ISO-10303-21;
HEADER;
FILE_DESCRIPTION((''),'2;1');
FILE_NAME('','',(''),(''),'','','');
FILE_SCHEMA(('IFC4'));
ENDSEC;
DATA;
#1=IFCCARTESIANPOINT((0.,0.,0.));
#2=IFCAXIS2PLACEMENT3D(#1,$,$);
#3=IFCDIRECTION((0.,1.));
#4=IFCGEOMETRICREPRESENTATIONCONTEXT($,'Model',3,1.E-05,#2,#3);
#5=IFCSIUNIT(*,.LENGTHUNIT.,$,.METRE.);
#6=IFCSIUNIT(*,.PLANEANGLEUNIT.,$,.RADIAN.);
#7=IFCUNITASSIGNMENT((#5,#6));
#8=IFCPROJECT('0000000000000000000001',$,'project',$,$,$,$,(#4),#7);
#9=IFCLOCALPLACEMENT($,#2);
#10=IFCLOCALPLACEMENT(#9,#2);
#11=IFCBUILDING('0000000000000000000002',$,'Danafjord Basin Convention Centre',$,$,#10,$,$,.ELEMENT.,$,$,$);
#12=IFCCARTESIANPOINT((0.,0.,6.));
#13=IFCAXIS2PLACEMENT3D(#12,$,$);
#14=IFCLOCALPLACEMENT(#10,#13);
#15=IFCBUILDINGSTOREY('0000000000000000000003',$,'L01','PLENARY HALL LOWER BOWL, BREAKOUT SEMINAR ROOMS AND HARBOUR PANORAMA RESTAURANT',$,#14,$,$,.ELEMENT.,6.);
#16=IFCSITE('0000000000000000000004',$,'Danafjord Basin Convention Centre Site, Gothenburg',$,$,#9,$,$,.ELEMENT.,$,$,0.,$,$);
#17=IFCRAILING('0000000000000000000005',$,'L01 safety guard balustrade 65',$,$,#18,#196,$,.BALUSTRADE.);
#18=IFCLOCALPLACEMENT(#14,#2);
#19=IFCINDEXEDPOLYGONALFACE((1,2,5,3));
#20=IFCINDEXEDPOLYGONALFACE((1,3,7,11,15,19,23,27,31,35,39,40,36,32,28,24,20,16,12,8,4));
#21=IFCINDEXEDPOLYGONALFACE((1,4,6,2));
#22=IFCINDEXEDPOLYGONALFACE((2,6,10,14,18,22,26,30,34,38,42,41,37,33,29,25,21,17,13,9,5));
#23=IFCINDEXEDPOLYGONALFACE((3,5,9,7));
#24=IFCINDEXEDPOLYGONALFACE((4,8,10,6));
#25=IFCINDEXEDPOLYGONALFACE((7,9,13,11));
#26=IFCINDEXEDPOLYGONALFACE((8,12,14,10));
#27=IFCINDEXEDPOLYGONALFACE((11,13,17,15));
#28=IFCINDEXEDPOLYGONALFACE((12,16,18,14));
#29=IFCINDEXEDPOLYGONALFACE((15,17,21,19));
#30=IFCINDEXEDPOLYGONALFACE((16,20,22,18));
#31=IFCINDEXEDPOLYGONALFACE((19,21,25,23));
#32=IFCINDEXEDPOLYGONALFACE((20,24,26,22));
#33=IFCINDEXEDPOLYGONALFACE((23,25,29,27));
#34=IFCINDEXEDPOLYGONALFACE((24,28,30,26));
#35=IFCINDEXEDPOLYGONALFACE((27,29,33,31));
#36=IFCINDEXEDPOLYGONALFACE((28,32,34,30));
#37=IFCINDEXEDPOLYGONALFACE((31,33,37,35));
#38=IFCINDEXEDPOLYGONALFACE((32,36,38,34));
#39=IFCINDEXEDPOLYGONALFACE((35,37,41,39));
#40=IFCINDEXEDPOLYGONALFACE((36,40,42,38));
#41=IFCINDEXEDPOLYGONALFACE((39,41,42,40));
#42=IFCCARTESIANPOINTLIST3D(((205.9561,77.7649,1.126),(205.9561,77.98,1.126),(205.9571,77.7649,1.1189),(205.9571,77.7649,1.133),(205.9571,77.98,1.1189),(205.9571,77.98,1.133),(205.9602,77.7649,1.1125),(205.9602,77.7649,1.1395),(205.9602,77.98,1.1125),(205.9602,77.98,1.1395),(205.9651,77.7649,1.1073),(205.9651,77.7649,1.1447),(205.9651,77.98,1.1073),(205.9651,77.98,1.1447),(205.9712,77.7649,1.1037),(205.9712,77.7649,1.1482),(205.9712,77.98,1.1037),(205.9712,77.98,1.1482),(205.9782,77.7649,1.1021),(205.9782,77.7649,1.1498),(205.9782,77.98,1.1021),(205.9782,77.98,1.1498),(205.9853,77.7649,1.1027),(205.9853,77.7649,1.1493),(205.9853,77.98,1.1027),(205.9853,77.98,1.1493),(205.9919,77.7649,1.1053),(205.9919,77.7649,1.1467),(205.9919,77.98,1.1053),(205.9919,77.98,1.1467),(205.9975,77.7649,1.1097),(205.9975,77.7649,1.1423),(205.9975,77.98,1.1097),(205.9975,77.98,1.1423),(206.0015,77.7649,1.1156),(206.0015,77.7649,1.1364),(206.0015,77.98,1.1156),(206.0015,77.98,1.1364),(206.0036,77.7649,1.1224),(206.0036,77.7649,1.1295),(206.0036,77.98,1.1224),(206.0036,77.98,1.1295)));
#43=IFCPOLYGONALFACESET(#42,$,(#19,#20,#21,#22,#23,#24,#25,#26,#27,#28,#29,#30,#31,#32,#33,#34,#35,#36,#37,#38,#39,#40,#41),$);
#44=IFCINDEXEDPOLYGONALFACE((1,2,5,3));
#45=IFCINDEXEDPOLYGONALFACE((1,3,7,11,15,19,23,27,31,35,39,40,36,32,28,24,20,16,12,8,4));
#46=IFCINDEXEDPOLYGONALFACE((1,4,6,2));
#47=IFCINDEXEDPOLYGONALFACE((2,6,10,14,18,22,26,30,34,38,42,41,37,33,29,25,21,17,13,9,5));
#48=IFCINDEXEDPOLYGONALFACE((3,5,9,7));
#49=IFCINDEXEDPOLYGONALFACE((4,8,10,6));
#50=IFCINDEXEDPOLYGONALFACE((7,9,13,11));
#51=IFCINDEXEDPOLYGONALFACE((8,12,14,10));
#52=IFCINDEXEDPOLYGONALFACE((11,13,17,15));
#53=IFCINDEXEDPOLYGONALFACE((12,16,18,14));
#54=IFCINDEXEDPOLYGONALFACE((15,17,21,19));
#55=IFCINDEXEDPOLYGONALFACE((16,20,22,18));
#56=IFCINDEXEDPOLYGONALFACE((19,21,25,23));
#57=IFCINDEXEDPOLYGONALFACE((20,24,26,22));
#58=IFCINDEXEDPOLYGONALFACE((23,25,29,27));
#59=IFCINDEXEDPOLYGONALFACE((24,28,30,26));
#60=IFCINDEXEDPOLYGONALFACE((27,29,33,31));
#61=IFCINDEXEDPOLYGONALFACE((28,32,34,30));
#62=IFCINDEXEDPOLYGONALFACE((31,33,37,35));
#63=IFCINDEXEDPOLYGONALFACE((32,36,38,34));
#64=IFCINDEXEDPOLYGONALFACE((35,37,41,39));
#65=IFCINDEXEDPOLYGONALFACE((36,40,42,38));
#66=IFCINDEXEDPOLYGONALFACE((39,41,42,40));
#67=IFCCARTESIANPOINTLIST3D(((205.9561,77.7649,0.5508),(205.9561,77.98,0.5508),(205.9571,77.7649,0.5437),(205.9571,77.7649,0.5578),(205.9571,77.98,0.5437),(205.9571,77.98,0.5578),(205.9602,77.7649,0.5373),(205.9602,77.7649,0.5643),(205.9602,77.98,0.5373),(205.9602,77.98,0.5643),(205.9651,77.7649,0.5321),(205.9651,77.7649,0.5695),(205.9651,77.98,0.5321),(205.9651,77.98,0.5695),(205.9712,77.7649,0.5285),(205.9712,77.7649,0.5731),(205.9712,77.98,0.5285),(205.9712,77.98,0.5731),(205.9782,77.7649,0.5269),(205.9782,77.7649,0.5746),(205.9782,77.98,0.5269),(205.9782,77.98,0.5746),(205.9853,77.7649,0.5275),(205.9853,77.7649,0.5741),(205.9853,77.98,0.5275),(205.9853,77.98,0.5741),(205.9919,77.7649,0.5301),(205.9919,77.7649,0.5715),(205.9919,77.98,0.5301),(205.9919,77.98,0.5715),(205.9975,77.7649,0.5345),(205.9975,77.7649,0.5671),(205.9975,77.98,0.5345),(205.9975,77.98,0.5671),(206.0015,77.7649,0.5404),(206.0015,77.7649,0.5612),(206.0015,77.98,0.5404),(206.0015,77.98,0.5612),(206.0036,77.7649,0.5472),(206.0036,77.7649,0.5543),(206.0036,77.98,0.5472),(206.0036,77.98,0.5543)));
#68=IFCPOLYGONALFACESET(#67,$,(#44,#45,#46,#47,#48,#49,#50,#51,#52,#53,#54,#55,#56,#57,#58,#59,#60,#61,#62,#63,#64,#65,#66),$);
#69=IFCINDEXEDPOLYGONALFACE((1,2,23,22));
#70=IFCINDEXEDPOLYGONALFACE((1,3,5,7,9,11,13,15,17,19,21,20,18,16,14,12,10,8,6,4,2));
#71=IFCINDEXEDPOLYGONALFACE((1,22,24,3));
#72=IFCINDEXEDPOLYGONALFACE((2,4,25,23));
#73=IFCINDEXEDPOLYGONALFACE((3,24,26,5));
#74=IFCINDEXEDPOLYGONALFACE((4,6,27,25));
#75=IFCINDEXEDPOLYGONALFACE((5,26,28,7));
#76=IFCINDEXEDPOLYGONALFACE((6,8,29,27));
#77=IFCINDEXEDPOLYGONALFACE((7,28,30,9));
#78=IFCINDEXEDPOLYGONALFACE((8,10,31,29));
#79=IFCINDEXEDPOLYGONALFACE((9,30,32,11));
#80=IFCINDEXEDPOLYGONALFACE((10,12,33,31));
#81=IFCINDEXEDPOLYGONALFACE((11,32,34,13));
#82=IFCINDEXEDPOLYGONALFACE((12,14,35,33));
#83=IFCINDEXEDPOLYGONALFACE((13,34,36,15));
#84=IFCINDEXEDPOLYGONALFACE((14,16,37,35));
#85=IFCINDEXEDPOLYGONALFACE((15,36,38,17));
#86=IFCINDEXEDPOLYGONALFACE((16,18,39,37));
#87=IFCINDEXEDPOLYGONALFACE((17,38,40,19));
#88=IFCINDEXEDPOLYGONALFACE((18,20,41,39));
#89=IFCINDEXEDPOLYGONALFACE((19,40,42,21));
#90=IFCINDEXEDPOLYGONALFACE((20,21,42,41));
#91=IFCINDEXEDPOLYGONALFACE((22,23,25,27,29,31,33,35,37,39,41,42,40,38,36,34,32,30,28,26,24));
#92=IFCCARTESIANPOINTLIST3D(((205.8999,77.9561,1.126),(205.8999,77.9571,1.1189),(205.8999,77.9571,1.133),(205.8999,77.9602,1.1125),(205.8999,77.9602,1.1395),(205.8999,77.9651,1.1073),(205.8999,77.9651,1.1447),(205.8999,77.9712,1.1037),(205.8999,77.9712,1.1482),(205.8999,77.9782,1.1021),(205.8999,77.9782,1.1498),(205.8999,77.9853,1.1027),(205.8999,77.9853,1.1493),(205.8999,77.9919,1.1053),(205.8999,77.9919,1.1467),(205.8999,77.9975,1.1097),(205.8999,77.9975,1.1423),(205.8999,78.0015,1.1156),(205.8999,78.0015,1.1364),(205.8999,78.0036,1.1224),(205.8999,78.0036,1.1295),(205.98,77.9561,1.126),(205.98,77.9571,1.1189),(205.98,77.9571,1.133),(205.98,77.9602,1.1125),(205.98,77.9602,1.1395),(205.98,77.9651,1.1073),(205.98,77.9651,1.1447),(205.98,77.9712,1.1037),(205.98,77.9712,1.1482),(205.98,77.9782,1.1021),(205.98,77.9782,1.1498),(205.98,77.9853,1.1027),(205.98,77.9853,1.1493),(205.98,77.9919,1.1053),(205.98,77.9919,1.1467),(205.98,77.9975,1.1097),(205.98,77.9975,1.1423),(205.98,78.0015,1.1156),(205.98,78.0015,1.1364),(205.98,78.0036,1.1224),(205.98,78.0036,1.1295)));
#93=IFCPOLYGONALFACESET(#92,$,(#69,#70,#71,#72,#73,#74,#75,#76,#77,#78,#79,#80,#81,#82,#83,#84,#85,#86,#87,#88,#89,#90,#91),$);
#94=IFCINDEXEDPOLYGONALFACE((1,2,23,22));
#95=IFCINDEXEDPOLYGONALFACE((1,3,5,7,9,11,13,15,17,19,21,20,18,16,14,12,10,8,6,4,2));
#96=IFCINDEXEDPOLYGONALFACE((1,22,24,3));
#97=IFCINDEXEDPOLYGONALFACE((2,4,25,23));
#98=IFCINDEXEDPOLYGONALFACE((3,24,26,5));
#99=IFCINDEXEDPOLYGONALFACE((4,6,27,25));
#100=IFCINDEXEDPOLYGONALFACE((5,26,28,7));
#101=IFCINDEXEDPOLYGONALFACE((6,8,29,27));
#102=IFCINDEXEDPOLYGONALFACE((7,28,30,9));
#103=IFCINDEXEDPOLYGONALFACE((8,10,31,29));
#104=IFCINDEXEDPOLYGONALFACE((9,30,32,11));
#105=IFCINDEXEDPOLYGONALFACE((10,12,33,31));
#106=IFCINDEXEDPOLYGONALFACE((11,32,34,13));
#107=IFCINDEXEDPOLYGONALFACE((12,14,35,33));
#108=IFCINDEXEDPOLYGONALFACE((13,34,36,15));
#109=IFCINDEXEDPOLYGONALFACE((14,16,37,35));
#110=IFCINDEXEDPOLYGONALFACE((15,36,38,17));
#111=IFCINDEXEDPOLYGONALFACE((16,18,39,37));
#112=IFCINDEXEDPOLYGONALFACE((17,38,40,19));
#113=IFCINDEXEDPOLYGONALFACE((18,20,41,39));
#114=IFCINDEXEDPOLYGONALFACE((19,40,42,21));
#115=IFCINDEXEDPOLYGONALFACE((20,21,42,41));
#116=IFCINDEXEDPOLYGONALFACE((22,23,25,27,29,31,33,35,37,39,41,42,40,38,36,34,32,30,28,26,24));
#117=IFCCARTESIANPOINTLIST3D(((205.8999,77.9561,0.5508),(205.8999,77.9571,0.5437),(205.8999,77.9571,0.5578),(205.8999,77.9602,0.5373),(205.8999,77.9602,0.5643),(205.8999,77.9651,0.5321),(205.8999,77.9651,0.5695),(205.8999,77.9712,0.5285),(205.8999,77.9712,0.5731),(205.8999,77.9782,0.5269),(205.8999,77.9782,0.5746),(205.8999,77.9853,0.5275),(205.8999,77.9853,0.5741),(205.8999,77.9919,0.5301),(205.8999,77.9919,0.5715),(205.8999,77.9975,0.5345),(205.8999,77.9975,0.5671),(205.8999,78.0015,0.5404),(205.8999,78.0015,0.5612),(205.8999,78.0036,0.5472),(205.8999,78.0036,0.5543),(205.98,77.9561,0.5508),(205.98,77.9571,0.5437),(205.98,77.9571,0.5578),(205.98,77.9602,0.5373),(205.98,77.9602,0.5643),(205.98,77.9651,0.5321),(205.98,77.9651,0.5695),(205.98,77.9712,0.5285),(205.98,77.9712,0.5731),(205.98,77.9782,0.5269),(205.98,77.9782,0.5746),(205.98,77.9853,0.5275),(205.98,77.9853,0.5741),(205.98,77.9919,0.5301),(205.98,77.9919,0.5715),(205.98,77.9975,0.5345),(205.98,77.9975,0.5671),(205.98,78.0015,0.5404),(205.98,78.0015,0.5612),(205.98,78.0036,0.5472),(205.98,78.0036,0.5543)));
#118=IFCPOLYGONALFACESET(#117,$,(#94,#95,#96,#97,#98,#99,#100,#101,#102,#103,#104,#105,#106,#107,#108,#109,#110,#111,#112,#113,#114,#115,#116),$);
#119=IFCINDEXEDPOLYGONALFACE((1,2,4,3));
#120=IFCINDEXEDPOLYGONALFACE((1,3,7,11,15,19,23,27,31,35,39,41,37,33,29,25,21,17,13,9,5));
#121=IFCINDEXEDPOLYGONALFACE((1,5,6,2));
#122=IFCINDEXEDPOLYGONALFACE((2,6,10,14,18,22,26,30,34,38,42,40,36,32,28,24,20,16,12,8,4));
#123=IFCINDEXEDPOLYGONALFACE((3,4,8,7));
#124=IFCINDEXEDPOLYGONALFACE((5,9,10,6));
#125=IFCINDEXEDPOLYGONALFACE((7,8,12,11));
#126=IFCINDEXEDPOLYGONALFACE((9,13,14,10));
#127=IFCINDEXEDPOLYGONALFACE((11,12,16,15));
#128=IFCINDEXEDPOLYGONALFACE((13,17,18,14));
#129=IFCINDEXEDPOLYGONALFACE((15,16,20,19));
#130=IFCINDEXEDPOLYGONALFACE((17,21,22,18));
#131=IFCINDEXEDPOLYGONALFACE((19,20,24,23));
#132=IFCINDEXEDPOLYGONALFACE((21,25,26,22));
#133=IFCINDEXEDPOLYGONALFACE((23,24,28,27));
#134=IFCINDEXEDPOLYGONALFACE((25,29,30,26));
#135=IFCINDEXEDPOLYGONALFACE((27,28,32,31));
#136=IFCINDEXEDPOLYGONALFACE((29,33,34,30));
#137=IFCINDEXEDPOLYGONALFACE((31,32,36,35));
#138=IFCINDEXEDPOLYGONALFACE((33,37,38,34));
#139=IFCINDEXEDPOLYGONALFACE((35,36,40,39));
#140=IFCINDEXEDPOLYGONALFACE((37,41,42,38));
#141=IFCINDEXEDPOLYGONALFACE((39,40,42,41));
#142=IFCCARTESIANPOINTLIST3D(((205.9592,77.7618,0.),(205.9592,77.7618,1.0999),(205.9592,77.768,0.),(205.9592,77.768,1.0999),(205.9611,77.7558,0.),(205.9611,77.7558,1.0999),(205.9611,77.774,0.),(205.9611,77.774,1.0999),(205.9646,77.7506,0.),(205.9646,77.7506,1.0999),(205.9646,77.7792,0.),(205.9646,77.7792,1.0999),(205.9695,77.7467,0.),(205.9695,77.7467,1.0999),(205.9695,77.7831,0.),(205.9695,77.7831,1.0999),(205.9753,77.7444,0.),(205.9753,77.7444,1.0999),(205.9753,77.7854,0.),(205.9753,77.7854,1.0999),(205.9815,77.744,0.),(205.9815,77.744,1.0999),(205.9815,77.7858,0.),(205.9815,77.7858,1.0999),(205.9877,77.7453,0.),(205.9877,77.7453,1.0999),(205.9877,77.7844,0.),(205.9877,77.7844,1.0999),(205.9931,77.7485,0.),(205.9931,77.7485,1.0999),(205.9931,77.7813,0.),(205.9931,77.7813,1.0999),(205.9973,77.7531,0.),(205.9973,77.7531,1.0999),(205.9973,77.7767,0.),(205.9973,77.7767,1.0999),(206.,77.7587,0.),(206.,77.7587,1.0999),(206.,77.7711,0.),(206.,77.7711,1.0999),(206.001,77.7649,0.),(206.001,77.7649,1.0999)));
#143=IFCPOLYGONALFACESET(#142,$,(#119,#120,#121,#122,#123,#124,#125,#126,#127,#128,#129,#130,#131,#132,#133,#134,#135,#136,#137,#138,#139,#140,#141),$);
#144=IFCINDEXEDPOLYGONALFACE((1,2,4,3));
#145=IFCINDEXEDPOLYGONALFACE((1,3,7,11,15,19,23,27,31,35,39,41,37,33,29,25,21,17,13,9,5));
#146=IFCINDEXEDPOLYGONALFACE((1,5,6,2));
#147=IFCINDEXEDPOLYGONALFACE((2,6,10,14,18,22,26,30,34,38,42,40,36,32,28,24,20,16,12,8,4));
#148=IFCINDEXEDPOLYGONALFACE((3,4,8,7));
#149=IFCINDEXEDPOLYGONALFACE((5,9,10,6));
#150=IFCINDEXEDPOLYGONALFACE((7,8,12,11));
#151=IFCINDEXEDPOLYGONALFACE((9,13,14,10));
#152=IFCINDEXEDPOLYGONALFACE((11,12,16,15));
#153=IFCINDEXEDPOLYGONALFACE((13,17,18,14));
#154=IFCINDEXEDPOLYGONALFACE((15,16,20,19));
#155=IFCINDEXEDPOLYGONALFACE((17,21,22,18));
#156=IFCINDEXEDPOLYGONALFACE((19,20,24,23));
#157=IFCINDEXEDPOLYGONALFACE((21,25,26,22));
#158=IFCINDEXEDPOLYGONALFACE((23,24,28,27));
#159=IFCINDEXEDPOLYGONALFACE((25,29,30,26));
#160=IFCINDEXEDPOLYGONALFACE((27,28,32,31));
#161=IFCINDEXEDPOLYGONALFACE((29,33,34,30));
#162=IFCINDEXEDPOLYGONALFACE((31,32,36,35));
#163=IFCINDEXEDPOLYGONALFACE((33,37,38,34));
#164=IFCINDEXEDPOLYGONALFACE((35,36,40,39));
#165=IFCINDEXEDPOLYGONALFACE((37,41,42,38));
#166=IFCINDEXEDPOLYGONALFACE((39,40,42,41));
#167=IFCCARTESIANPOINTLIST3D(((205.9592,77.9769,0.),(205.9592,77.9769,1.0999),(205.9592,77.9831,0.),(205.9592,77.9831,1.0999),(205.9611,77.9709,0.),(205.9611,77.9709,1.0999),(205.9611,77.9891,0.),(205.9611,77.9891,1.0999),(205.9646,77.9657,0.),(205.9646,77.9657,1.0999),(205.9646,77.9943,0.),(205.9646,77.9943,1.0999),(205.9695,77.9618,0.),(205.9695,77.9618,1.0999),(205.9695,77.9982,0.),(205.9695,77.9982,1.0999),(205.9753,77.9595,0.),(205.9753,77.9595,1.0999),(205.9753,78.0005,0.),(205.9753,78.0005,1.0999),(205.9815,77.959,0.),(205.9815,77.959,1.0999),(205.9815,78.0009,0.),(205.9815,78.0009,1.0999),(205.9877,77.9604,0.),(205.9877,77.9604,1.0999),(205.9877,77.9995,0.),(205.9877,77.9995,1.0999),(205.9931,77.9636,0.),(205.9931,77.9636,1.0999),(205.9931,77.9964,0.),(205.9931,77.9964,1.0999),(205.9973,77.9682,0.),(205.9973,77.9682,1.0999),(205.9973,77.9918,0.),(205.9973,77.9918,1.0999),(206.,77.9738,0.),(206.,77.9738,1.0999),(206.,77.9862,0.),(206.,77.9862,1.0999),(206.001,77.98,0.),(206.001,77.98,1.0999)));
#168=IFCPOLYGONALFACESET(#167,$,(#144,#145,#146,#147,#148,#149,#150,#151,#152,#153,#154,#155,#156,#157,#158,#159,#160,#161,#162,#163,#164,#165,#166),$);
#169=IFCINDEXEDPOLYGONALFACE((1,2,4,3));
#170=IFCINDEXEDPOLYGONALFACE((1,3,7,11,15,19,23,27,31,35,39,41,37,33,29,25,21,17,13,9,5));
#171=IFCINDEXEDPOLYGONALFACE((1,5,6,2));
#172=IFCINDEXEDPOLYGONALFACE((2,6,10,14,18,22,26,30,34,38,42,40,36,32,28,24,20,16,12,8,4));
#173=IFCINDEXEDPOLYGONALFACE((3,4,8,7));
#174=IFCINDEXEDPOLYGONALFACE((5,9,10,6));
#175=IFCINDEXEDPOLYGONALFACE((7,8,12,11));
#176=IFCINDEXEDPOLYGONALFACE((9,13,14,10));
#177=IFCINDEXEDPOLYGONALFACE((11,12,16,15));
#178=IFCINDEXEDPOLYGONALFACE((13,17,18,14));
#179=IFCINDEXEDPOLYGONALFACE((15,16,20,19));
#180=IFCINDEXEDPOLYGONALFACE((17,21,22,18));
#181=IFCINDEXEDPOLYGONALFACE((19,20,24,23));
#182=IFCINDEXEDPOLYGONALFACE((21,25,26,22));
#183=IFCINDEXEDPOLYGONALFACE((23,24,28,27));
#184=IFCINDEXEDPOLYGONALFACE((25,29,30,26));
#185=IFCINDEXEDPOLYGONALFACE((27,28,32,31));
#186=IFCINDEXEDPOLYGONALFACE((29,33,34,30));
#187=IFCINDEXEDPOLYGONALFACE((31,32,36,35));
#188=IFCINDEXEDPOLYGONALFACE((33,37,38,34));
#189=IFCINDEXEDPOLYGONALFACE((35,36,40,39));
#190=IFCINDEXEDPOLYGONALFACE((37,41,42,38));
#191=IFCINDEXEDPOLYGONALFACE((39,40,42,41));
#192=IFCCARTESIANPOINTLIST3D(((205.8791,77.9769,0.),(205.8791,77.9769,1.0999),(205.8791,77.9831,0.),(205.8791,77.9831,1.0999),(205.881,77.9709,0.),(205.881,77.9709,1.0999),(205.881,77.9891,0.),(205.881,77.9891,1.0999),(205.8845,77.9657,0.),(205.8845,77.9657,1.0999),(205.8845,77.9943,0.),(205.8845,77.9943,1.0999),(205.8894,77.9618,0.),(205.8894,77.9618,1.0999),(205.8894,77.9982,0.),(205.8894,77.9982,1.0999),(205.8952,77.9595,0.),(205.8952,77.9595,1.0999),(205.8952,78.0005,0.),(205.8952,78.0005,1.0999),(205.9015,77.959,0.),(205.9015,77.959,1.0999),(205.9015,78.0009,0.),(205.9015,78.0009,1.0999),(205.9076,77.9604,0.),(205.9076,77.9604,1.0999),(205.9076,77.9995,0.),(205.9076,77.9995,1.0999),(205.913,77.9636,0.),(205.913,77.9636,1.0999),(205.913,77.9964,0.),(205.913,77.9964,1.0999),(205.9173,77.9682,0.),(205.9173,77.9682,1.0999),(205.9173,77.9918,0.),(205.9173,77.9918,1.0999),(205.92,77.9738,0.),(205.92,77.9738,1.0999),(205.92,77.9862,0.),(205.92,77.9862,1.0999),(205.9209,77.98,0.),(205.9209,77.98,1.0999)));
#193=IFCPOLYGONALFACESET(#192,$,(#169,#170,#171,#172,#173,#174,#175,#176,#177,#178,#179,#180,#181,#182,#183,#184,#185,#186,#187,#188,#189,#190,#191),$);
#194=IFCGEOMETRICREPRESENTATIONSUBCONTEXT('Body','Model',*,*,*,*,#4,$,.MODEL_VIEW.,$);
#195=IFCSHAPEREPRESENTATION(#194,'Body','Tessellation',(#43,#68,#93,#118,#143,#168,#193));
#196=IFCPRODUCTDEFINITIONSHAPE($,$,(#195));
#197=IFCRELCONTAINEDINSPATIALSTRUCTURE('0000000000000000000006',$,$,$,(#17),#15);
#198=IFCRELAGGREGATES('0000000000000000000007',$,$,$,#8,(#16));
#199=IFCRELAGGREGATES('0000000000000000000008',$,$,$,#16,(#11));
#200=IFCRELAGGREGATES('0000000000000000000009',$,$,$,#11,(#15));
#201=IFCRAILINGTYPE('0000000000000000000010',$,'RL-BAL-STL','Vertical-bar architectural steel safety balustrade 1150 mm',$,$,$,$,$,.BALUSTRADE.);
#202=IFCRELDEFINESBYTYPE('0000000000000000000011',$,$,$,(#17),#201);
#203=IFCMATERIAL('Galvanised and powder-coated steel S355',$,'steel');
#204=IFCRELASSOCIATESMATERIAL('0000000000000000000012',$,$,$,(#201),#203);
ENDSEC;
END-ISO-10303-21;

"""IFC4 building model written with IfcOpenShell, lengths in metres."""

from ifc_helpers import new_model, si_unit, direction, frame, origin, origin_2d, place, context, subcontext, project, spatial, circle, extrude, material, type_object, element, save


model = new_model("IFC4")

# Units and contexts
model_context = context("Model", 3, precision=1e-05, world=origin(), true_north=direction((0.0, 1.0)))
body_context = subcontext(model_context, "Body", "Model", "MODEL_VIEW")
ifc_project = project(units=[si_unit("LENGTHUNIT", "METRE"), si_unit("PLANEANGLEUNIT", "RADIAN")], contexts=[model_context])

# Site, building, storey
site_placement = place(None, origin())
site = spatial("IfcSite", under=ifc_project, at=site_placement, Name="Danafjord Basin Convention Centre Site, Gothenburg", CompositionType="ELEMENT", RefElevation=0.0)
building_placement = place(site_placement, origin())
building = spatial("IfcBuilding", under=site, at=building_placement, Name="Danafjord Basin Convention Centre", CompositionType="ELEMENT")
storey_placement = place(building_placement, frame((0.0, 0.0, 6.0)))
storey = spatial("IfcBuildingStorey", under=building, at=storey_placement, Name="L01", Description="PLENARY HALL LOWER BOWL, BREAKOUT SEMINAR ROOMS AND HARBOUR PANORAMA RESTAURANT", CompositionType="ELEMENT", Elevation=6.0)

# Railing
ifc_material_1 = material(Name="Galvanised and powder-coated steel S355", Category="steel")
railing_type_1 = type_object("IfcRailingType", Name="RL-BAL-STL", Description="Vertical-bar architectural steel safety balustrade 1150 mm", PredefinedType="BALUSTRADE", material=ifc_material_1)
railing_1_placement = place(storey_placement, frame((205.98, 77.7649, 0.0)))
element("IfcRailing", 1, at=railing_1_placement, inside=storey, type_object=railing_type_1, Name="L01 safety guard balustrade 65", PredefinedType="BALUSTRADE", context=body_context, shape_type="SweptSolid", body=[
    extrude(circle(Radius=0.0239, at=origin_2d()), frame((0.0, 0.0, 1.126), z_axis=(0.0, 1.0, 0.0), x_axis=(-1.0, 0.0, 0.0)), (0.0, 0.0, 1.0), 0.2151),
    extrude(circle(Radius=0.0239, at=origin_2d()), frame((0.0, 0.0, 0.5508), z_axis=(0.0, 1.0, 0.0), x_axis=(-1.0, 0.0, 0.0)), (0.0, 0.0, 1.0), 0.2151),
    extrude(circle(Radius=0.0239, at=origin_2d()), frame((0.0, 0.2151, 1.126), z_axis=(-1.0, 0.0, 0.0), x_axis=(0.0, -1.0, 0.0)), (0.0, 0.0, 1.0), 0.0801),
    extrude(circle(Radius=0.0239, at=origin_2d()), frame((0.0, 0.2151, 0.5508), z_axis=(-1.0, 0.0, 0.0), x_axis=(0.0, -1.0, 0.0)), (0.0, 0.0, 1.0), 0.0801),
    extrude(circle(Radius=0.021, at=origin_2d()), origin(), (0.0, 0.0, 1.0), 1.0999),
    extrude(circle(Radius=0.021, at=origin_2d()), frame((0.0, 0.2151, 0.0)), (0.0, 0.0, 1.0), 1.0999),
    extrude(circle(Radius=0.021, at=origin_2d()), frame((-0.0801, 0.2151, 0.0)), (0.0, 0.0, 1.0), 1.0999),
])

save(model, "model.ifc")
